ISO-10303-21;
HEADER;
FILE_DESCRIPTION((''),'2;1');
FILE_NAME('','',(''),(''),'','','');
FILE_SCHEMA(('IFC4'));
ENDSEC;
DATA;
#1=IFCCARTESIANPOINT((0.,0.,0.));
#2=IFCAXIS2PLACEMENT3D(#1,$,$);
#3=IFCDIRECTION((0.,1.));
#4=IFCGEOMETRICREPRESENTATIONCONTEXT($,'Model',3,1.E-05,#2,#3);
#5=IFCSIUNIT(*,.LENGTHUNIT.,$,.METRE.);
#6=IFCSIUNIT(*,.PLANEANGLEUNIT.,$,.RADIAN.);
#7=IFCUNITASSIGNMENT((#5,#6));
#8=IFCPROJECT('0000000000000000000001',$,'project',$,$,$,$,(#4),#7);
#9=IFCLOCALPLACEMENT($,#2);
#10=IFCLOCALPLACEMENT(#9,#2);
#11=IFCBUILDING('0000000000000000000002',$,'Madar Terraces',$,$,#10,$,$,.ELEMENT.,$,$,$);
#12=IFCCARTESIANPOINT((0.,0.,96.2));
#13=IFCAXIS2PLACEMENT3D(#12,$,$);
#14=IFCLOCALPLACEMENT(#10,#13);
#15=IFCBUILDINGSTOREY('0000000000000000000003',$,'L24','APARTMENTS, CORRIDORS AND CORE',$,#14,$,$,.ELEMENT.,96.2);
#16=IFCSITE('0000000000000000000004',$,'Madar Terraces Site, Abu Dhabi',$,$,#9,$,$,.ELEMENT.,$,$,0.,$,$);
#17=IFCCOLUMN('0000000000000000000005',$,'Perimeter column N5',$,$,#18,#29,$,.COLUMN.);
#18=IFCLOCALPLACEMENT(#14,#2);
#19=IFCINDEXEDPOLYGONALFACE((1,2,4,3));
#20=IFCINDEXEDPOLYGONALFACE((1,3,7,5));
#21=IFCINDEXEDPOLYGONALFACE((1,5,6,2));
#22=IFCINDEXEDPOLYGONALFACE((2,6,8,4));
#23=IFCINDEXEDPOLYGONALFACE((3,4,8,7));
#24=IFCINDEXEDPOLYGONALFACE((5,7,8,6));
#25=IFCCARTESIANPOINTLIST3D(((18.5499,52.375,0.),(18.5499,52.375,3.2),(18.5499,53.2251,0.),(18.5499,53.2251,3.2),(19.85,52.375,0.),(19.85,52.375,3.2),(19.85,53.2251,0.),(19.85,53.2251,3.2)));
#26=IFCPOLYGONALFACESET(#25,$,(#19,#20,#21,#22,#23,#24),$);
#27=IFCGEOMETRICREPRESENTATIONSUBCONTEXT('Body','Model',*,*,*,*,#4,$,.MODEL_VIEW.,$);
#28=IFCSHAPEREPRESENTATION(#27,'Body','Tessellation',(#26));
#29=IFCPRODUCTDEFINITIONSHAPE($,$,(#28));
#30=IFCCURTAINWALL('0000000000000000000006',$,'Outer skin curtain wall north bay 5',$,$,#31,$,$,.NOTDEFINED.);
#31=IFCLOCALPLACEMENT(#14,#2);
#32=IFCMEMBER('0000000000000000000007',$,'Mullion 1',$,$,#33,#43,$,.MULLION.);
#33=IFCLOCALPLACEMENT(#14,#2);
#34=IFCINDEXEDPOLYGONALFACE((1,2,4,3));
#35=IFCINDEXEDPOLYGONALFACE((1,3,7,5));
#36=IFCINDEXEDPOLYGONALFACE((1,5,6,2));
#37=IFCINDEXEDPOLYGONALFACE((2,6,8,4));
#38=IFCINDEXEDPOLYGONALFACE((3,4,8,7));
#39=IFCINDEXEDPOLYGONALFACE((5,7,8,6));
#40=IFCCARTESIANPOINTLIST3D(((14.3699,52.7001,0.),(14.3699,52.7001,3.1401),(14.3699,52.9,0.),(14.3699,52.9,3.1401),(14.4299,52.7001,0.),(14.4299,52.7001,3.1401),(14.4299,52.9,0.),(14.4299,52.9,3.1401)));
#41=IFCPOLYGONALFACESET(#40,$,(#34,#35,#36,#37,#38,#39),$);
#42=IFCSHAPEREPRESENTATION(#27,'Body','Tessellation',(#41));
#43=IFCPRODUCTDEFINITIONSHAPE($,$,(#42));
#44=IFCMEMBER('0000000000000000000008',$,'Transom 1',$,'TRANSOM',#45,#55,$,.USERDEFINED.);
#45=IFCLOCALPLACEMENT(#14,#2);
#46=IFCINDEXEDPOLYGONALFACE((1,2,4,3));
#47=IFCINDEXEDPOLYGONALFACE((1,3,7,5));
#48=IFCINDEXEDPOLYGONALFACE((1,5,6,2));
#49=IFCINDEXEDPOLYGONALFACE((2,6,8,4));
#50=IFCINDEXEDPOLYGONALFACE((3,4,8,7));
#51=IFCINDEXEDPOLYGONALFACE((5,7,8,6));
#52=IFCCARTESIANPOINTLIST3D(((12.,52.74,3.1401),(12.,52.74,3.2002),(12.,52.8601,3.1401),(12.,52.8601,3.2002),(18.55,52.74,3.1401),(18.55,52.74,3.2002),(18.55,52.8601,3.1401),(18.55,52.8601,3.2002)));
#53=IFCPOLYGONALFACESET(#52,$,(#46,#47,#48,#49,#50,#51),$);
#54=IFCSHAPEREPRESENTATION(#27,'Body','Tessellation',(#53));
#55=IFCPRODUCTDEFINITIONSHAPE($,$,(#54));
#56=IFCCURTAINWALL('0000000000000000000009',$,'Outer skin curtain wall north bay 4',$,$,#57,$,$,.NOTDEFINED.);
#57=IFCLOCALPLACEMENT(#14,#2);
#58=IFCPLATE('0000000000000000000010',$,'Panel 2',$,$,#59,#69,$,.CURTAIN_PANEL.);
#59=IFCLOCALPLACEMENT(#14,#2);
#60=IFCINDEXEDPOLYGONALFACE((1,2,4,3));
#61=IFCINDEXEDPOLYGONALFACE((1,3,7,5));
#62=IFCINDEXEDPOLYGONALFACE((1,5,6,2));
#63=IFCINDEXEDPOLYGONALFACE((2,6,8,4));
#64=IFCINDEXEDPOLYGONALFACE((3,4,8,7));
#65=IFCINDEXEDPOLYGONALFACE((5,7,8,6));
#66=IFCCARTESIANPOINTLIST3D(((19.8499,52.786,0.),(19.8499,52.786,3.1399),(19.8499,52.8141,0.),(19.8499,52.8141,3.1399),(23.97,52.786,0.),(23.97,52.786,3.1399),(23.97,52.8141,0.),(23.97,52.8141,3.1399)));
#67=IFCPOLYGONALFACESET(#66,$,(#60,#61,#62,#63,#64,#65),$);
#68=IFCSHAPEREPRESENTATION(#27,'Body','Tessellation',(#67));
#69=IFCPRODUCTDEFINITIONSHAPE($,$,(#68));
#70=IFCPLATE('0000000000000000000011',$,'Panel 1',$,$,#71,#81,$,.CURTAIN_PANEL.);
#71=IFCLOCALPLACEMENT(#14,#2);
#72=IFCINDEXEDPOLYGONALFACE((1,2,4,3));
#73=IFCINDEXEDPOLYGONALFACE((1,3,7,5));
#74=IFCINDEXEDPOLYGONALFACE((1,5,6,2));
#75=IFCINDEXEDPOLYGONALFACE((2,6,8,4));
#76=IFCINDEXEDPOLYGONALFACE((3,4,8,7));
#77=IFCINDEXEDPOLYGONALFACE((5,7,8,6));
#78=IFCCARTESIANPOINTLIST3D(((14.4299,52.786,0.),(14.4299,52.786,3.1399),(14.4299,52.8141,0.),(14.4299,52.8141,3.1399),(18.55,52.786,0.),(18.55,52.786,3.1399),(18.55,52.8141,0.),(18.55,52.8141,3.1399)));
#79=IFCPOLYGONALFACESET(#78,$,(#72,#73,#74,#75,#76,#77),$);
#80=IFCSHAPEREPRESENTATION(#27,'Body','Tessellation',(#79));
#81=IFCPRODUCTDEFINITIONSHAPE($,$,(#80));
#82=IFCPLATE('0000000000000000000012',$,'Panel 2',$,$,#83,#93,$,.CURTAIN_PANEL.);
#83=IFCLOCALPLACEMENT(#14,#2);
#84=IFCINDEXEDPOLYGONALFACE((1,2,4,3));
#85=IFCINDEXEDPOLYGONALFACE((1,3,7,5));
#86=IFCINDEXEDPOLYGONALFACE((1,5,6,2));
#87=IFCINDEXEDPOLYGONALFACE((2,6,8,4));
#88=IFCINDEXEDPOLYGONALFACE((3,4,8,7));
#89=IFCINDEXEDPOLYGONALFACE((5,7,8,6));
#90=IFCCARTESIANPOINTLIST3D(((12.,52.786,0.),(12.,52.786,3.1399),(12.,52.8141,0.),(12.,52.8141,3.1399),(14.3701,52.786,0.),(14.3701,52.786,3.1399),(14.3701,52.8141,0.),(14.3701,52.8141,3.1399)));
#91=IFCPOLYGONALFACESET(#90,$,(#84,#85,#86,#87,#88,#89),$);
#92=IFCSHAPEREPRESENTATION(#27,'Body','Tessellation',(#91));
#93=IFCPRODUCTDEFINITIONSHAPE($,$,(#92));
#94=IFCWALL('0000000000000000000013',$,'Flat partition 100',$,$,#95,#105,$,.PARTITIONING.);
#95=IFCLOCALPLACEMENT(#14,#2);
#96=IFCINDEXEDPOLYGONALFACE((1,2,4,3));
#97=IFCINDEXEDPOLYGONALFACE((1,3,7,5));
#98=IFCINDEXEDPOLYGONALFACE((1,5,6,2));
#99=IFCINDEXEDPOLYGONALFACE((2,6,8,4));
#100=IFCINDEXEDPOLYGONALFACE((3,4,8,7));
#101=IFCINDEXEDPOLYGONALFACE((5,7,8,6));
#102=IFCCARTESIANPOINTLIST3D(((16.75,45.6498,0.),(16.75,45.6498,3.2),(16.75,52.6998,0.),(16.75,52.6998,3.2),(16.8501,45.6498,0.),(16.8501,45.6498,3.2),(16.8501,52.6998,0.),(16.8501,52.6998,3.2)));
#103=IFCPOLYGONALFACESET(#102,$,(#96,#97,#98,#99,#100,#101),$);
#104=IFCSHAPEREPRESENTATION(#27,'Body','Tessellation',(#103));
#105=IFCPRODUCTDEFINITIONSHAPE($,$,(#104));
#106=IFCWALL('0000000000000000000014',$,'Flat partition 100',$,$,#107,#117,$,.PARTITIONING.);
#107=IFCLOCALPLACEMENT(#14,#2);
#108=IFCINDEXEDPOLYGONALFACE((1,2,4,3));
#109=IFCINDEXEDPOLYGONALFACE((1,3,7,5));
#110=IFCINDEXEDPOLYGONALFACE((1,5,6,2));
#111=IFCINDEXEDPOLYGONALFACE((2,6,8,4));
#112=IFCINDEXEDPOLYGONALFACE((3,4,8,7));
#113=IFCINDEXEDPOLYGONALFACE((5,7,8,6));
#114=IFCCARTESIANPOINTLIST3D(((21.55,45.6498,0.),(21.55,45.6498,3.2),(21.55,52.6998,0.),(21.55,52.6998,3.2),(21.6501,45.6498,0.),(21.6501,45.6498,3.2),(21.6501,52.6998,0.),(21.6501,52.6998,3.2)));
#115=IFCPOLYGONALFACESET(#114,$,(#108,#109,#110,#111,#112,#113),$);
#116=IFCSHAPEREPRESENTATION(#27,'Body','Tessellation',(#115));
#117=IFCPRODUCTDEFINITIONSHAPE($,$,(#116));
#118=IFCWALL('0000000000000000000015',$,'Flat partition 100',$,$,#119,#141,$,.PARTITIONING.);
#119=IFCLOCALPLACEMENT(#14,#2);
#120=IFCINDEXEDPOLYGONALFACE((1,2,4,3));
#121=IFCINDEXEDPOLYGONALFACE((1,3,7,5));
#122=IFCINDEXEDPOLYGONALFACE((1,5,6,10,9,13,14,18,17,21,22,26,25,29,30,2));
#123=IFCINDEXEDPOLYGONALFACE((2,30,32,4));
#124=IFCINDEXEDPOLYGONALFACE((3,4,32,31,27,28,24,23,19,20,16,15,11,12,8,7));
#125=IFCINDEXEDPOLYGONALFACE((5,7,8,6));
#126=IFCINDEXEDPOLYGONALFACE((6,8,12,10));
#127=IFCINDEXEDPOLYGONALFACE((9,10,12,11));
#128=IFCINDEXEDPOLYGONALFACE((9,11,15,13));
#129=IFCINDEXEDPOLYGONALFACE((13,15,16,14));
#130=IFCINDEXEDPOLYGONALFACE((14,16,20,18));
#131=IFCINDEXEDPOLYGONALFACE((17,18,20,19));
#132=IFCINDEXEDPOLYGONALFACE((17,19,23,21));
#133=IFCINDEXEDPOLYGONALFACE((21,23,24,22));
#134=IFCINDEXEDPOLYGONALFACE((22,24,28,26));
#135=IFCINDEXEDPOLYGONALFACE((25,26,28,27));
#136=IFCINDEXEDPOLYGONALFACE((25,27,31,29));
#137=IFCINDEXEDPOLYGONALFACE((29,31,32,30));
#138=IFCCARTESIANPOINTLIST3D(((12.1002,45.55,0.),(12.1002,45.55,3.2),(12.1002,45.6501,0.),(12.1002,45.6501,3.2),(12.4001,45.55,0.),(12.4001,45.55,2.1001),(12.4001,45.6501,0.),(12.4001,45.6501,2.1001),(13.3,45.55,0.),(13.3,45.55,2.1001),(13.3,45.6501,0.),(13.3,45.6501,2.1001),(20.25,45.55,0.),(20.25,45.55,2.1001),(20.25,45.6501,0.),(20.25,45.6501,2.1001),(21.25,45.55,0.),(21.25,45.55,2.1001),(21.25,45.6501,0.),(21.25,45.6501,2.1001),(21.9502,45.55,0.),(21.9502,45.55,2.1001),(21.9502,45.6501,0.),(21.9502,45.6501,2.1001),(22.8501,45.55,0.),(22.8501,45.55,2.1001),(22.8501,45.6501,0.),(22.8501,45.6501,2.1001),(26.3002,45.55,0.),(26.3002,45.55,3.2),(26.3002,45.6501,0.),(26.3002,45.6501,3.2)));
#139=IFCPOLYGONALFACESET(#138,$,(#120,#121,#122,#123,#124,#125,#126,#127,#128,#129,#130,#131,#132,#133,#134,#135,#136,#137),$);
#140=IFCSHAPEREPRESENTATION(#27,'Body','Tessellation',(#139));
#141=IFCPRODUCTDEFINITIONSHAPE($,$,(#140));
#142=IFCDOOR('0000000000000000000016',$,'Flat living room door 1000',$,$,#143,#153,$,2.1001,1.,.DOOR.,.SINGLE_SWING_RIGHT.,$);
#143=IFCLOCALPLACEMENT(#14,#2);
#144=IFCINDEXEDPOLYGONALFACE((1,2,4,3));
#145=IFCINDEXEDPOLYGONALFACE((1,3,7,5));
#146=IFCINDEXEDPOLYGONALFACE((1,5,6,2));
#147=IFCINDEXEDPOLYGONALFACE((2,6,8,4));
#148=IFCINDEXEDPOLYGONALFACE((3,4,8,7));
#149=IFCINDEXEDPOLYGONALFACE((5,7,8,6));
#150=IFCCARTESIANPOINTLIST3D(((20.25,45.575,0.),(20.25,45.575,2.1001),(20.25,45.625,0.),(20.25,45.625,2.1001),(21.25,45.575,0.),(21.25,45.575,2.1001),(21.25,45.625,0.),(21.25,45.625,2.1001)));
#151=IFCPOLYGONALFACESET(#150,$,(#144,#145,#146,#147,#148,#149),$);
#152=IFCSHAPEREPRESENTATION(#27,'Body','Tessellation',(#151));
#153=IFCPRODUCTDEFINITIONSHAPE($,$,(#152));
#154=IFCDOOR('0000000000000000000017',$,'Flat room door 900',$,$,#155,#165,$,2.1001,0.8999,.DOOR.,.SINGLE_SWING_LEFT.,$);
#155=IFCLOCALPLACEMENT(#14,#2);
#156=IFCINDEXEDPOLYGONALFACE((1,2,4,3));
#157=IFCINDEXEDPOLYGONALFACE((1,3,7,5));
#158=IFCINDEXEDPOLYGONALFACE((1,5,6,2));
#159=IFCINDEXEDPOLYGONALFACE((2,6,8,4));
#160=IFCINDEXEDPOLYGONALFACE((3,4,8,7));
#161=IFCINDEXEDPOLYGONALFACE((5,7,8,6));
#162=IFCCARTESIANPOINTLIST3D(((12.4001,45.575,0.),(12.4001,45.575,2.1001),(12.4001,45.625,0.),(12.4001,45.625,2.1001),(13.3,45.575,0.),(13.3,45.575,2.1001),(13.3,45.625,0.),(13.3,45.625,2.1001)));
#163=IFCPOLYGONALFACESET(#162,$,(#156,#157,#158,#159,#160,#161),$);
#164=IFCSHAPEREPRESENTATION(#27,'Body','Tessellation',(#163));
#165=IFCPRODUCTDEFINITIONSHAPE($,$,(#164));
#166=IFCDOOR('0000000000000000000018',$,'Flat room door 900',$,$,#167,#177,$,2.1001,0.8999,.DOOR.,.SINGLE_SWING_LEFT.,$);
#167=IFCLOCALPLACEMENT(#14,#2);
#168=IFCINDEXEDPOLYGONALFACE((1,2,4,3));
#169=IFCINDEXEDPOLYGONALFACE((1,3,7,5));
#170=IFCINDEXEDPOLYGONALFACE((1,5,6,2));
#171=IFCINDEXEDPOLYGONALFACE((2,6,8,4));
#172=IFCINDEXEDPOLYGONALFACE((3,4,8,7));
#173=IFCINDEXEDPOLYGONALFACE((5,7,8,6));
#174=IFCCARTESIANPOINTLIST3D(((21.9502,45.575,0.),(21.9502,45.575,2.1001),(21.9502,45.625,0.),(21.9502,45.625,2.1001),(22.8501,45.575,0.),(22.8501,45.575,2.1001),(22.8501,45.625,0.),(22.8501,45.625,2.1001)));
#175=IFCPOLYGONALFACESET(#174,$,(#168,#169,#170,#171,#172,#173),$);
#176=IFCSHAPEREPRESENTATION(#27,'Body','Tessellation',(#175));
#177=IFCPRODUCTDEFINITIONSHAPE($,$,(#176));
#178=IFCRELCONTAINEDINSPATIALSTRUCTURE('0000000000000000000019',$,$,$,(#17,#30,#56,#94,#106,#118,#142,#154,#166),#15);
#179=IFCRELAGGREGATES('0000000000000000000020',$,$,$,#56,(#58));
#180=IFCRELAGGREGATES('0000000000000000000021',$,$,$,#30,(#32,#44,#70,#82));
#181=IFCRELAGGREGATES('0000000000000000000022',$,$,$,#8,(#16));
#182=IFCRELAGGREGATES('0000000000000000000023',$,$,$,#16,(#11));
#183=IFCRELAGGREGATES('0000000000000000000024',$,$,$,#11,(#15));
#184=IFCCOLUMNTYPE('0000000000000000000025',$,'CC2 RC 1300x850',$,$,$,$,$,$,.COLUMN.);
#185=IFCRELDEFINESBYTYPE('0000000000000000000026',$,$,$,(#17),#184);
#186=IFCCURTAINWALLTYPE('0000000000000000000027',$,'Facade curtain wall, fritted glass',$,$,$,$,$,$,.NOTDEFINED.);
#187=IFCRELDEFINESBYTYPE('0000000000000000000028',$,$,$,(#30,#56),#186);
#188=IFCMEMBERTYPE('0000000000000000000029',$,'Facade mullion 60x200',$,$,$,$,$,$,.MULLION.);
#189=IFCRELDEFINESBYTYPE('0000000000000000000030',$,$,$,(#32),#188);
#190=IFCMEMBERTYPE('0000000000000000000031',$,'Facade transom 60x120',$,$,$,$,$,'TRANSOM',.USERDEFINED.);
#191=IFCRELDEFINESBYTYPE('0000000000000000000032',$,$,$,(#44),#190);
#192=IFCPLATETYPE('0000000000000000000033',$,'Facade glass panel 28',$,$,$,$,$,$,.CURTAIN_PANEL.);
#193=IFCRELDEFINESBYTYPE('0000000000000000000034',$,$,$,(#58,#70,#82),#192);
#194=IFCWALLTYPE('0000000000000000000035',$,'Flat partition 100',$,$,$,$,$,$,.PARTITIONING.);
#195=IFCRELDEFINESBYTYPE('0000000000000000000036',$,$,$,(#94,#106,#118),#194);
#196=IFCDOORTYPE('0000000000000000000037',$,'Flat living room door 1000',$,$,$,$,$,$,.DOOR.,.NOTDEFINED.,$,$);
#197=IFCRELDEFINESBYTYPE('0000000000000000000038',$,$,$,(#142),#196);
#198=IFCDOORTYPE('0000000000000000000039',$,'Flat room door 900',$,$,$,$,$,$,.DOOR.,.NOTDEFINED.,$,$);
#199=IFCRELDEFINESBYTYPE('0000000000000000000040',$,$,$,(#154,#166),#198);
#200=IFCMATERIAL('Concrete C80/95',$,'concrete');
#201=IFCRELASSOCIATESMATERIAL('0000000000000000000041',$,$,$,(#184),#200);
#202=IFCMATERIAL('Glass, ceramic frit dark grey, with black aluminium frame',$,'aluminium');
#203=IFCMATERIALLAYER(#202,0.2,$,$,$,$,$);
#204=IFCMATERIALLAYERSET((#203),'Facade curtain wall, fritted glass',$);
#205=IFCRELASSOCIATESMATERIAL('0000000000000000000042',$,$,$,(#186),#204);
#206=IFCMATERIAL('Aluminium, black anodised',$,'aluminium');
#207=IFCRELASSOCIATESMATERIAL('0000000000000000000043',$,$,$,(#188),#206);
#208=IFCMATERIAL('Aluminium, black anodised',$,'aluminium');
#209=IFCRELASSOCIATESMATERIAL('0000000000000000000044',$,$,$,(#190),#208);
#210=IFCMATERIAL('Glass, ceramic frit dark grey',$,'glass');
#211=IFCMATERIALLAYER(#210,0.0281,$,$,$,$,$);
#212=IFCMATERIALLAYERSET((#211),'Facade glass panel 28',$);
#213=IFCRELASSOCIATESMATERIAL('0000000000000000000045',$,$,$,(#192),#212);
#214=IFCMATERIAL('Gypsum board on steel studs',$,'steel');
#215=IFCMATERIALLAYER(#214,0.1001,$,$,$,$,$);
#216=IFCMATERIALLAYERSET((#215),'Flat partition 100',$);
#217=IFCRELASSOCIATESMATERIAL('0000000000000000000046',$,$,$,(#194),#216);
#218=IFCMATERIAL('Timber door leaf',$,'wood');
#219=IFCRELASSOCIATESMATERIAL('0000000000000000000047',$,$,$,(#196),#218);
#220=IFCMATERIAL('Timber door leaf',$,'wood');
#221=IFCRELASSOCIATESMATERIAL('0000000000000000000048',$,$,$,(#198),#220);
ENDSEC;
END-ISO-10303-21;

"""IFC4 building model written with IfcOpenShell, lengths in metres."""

from ifc_helpers import new_model, si_unit, direction, frame, frame_2d, origin, origin_2d, place, context, subcontext, project, spatial, rectangle, extrude, material, layer, layer_set, material_profile, profile_set, type_object, element, fill, aggregate, save


model = new_model("IFC4")

# Units and contexts
model_context = context("Model", 3, precision=1e-05, world=origin(), true_north=direction((0.0, 1.0)))
body_context = subcontext(model_context, "Body", "Model", "MODEL_VIEW")
ifc_project = project(units=[si_unit("LENGTHUNIT", "METRE"), si_unit("PLANEANGLEUNIT", "RADIAN")], contexts=[model_context])

# Site, building, storey
site_placement = place(None, origin())
site = spatial("IfcSite", under=ifc_project, at=site_placement, Name="Madar Terraces Site, Abu Dhabi", CompositionType="ELEMENT", RefElevation=0.0)
building_placement = place(site_placement, origin())
building = spatial("IfcBuilding", under=site, at=building_placement, Name="Madar Terraces", CompositionType="ELEMENT")
storey_placement = place(building_placement, frame((0.0, 0.0, 96.2)))
storey = spatial("IfcBuildingStorey", under=building, at=storey_placement, Name="L24", Description="APARTMENTS, CORRIDORS AND CORE", CompositionType="ELEMENT", Elevation=96.2)

# Column
ifc_material_1 = material(Name="Concrete C80/95", Category="concrete")
ifc_material_profile_1 = material_profile(ifc_material_1, rectangle(XDim=1.3, YDim=0.8501, at=origin_2d()), Name="CC2 RC 1300x850")
ifc_profile_set_1 = profile_set([ifc_material_profile_1], Name="Concrete C80/95")
column_type = type_object("IfcColumnType", Name="CC2 RC 1300x850", PredefinedType="COLUMN", material=ifc_profile_set_1)
column_placement = place(storey_placement, frame((19.2, 52.8, 0.0), z_axis=(0.0, 0.0, 1.0), x_axis=(1.0, 0.0, 0.0)))
element("IfcColumn", 1, at=column_placement, inside=storey, type_object=column_type, Name="Perimeter column N5", PredefinedType="COLUMN", context=body_context, shape_type="SweptSolid", body=[
    extrude(rectangle(XDim=1.3, YDim=0.8501, at=origin_2d()), origin(), (0.0, 0.0, 1.0), 3.2),
])

# Curtain wall, members
ifc_material_2 = material(Name="Glass, ceramic frit dark grey, with black aluminium frame", Category="aluminium")
ifc_layer_1 = layer(ifc_material_2, 0.2)
ifc_layer_set_1 = layer_set([ifc_layer_1], Name="Facade curtain wall, fritted glass")
curtain_wall_type = type_object("IfcCurtainWallType", Name="Facade curtain wall, fritted glass", PredefinedType="NOTDEFINED", material=ifc_layer_set_1)
curtain_wall_1_placement = place(storey_placement, origin())
curtain_wall_1 = element("IfcCurtainWall", 2, at=curtain_wall_1_placement, inside=storey, type_object=curtain_wall_type, Name="Outer skin curtain wall north bay 5", PredefinedType="NOTDEFINED")
ifc_material_3 = material(Name="Aluminium, black anodised", Category="aluminium")
ifc_material_profile_2 = material_profile(ifc_material_3, rectangle(XDim=0.2, YDim=0.0601, at=origin_2d()), Name="Facade mullion 60x200")
ifc_profile_set_2 = profile_set([ifc_material_profile_2], Name="Aluminium, black anodised")
member_type_1 = type_object("IfcMemberType", Name="Facade mullion 60x200", PredefinedType="MULLION", material=ifc_profile_set_2)
member_1_placement = place(storey_placement, frame((14.3999, 52.8, 0.0), z_axis=(0.0, 0.0, 1.0), x_axis=(0.0, -1.0, 0.0)))
member_1 = element("IfcMember", 3, at=member_1_placement, type_object=member_type_1, Name="Mullion 1", PredefinedType="MULLION", context=body_context, shape_type="SweptSolid", body=[
    extrude(rectangle(XDim=0.2, YDim=0.0601, at=origin_2d()), origin(), (0.0, 0.0, 1.0), 3.1401),
])
ifc_material_4 = material(Name="Aluminium, black anodised", Category="aluminium")
ifc_material_profile_3 = material_profile(ifc_material_4, rectangle(XDim=0.1201, YDim=0.0601, at=origin_2d()), Name="Facade transom 60x120")
ifc_profile_set_3 = profile_set([ifc_material_profile_3], Name="Aluminium, black anodised")
member_type_2 = type_object("IfcMemberType", Name="Facade transom 60x120", ElementType="TRANSOM", PredefinedType="USERDEFINED", material=ifc_profile_set_3)
member_2_placement = place(storey_placement, frame((18.55, 52.8, 3.1702), z_axis=(-1.0, 0.0, 0.0), x_axis=(0.0, -1.0, 0.0)))
member_2 = element("IfcMember", 4, at=member_2_placement, type_object=member_type_2, Name="Transom 1", ObjectType="TRANSOM", PredefinedType="USERDEFINED", context=body_context, shape_type="SweptSolid", body=[
    extrude(rectangle(XDim=0.1201, YDim=0.0601, at=origin_2d()), origin(), (0.0, 0.0, 1.0), 6.55),
])

# Curtain wall, plate
curtain_wall_2_placement = place(storey_placement, origin())
curtain_wall_2 = element("IfcCurtainWall", 5, at=curtain_wall_2_placement, inside=storey, type_object=curtain_wall_type, Name="Outer skin curtain wall north bay 4", PredefinedType="NOTDEFINED")
ifc_material_5 = material(Name="Glass, ceramic frit dark grey", Category="glass")
ifc_layer_2 = layer(ifc_material_5, 0.0281)
ifc_layer_set_2 = layer_set([ifc_layer_2], Name="Facade glass panel 28")
plate_type = type_object("IfcPlateType", Name="Facade glass panel 28", PredefinedType="CURTAIN_PANEL", material=ifc_layer_set_2)
plate_1_placement = place(storey_placement, frame((21.9099, 52.8, 0.0), z_axis=(0.0, 0.0, 1.0), x_axis=(-1.0, 0.0, 0.0)))
plate_1 = element("IfcPlate", 6, at=plate_1_placement, type_object=plate_type, Name="Panel 2", PredefinedType="CURTAIN_PANEL", context=body_context, shape_type="SweptSolid", body=[
    extrude(rectangle(XDim=4.1201, YDim=0.0281, at=origin_2d()), origin(), (0.0, 0.0, 1.0), 3.1399),
])
aggregate(curtain_wall_2, [plate_1])

# Plates
plate_2_placement = place(storey_placement, frame((16.49, 52.8, 0.0), z_axis=(0.0, 0.0, 1.0), x_axis=(-1.0, 0.0, 0.0)))
plate_2 = element("IfcPlate", 7, at=plate_2_placement, type_object=plate_type, Name="Panel 1", PredefinedType="CURTAIN_PANEL", context=body_context, shape_type="SweptSolid", body=[
    extrude(rectangle(XDim=4.1201, YDim=0.0281, at=origin_2d()), origin(), (0.0, 0.0, 1.0), 3.1399),
])
plate_3_placement = place(storey_placement, frame((13.1851, 52.8, 0.0), z_axis=(0.0, 0.0, 1.0), x_axis=(-1.0, 0.0, 0.0)))
plate_3 = element("IfcPlate", 8, at=plate_3_placement, type_object=plate_type, Name="Panel 2", PredefinedType="CURTAIN_PANEL", context=body_context, shape_type="SweptSolid", body=[
    extrude(rectangle(XDim=2.3701, YDim=0.0281, at=origin_2d()), origin(), (0.0, 0.0, 1.0), 3.1399),
])
aggregate(curtain_wall_1, [member_1, member_2, plate_2, plate_3])

# Walls
ifc_material_6 = material(Name="Gypsum board on steel studs", Category="steel")
ifc_layer_3 = layer(ifc_material_6, 0.1001)
ifc_layer_set_3 = layer_set([ifc_layer_3], Name="Flat partition 100")
wall_type = type_object("IfcWallType", Name="Flat partition 100", PredefinedType="PARTITIONING", material=ifc_layer_set_3)
for number, where, z_axis, x_axis, name in (
    (9, (16.8, 45.6499, 0.0), (0.0, 0.0, 1.0), (0.0, 1.0, 0.0), "Flat partition 100"),
    (10, (21.6001, 45.6499, 0.0), (0.0, 0.0, 1.0), (0.0, 1.0, 0.0), "Flat partition 100"),
):
    element("IfcWall", number, at=place(storey_placement, frame(where, z_axis=z_axis, x_axis=x_axis)), inside=storey, type_object=wall_type, Name=name, PredefinedType="PARTITIONING", context=body_context, shape_type="SweptSolid", body=[
        extrude(rectangle(XDim=7.05, YDim=0.1001, at=frame_2d((3.5249, 0.0))), origin(), (0.0, 0.0, 1.0), 3.2),
    ])

# Wall, openings, doors
wall_placement = place(storey_placement, frame((12.1001, 45.6001, 0.0), z_axis=(0.0, 0.0, 1.0), x_axis=(1.0, 0.0, 0.0)))
wall = element("IfcWall", 11, at=wall_placement, inside=storey, type_object=wall_type, Name="Flat partition 100", PredefinedType="PARTITIONING", context=body_context, shape_type="SweptSolid", body=[
    extrude(rectangle(XDim=14.2, YDim=0.1001, at=frame_2d((7.1001, 0.0))), origin(), (0.0, 0.0, 1.0), 3.2),
])
opening_1_placement = place(wall_placement, frame((0.3, 0.0, 0.0)))
opening_1 = element("IfcOpeningElement", 12, at=opening_1_placement, cuts=wall, PredefinedType="OPENING", context=body_context, shape_type="SweptSolid", body=[
    extrude(rectangle(XDim=0.8999, YDim=2.1001, at=frame_2d((0.45, 1.05))), frame((0.0, 0.0601, 0.0), z_axis=(0.0, -1.0, 0.0), x_axis=(1.0, 0.0, 0.0)), (0.0, 0.0, 1.0), 0.1201),
])
opening_2_placement = place(wall_placement, frame((8.1499, 0.0, 0.0)))
opening_2 = element("IfcOpeningElement", 13, at=opening_2_placement, cuts=wall, PredefinedType="OPENING", context=body_context, shape_type="SweptSolid", body=[
    extrude(rectangle(XDim=1.0, YDim=2.1001, at=frame_2d((0.5, 1.05))), frame((0.0, 0.0601, 0.0), z_axis=(0.0, -1.0, 0.0), x_axis=(1.0, 0.0, 0.0)), (0.0, 0.0, 1.0), 0.1201),
])
opening_3_placement = place(wall_placement, frame((9.8501, 0.0, 0.0)))
opening_3 = element("IfcOpeningElement", 14, at=opening_3_placement, cuts=wall, PredefinedType="OPENING", context=body_context, shape_type="SweptSolid", body=[
    extrude(rectangle(XDim=0.8999, YDim=2.1001, at=frame_2d((0.45, 1.05))), frame((0.0, 0.0601, 0.0), z_axis=(0.0, -1.0, 0.0), x_axis=(1.0, 0.0, 0.0)), (0.0, 0.0, 1.0), 0.1201),
])
ifc_material_7 = material(Name="Timber door leaf", Category="wood")
door_type_1 = type_object("IfcDoorType", Name="Flat living room door 1000", OperationType="NOTDEFINED", PredefinedType="DOOR", material=ifc_material_7)
door_1_placement = place(opening_2_placement, origin())
door_1 = element("IfcDoor", 15, at=door_1_placement, inside=storey, type_object=door_type_1, Name="Flat living room door 1000", OperationType="SINGLE_SWING_RIGHT", OverallHeight=2.1001, OverallWidth=1.0, PredefinedType="DOOR", context=body_context, shape_type="SweptSolid", body=[
    extrude(rectangle(XDim=1.0, YDim=2.1001, at=frame_2d((0.5, 1.05))), frame((0.0, 0.0249, 0.0), z_axis=(0.0, -1.0, 0.0), x_axis=(1.0, 0.0, 0.0)), (0.0, 0.0, 1.0), 0.05),
])
fill(opening_2, door_1)
ifc_material_8 = material(Name="Timber door leaf", Category="wood")
door_type_2 = type_object("IfcDoorType", Name="Flat room door 900", OperationType="NOTDEFINED", PredefinedType="DOOR", material=ifc_material_8)
door_2_placement = place(opening_1_placement, origin())
door_2 = element("IfcDoor", 16, at=door_2_placement, inside=storey, type_object=door_type_2, Name="Flat room door 900", OperationType="SINGLE_SWING_LEFT", OverallHeight=2.1001, OverallWidth=0.8999, PredefinedType="DOOR", context=body_context, shape_type="SweptSolid", body=[
    extrude(rectangle(XDim=0.8999, YDim=2.1001, at=frame_2d((0.45, 1.05))), frame((0.0, 0.0249, 0.0), z_axis=(0.0, -1.0, 0.0), x_axis=(1.0, 0.0, 0.0)), (0.0, 0.0, 1.0), 0.05),
])
fill(opening_1, door_2)
door_3_placement = place(opening_3_placement, origin())
door_3 = element("IfcDoor", 17, at=door_3_placement, inside=storey, type_object=door_type_2, Name="Flat room door 900", OperationType="SINGLE_SWING_LEFT", OverallHeight=2.1001, OverallWidth=0.8999, PredefinedType="DOOR", context=body_context, shape_type="SweptSolid", body=[
    extrude(rectangle(XDim=0.8999, YDim=2.1001, at=frame_2d((0.45, 1.05))), frame((0.0, 0.0249, 0.0), z_axis=(0.0, -1.0, 0.0), x_axis=(1.0, 0.0, 0.0)), (0.0, 0.0, 1.0), 0.05),
])
fill(opening_3, door_3)

save(model, "model.ifc")
